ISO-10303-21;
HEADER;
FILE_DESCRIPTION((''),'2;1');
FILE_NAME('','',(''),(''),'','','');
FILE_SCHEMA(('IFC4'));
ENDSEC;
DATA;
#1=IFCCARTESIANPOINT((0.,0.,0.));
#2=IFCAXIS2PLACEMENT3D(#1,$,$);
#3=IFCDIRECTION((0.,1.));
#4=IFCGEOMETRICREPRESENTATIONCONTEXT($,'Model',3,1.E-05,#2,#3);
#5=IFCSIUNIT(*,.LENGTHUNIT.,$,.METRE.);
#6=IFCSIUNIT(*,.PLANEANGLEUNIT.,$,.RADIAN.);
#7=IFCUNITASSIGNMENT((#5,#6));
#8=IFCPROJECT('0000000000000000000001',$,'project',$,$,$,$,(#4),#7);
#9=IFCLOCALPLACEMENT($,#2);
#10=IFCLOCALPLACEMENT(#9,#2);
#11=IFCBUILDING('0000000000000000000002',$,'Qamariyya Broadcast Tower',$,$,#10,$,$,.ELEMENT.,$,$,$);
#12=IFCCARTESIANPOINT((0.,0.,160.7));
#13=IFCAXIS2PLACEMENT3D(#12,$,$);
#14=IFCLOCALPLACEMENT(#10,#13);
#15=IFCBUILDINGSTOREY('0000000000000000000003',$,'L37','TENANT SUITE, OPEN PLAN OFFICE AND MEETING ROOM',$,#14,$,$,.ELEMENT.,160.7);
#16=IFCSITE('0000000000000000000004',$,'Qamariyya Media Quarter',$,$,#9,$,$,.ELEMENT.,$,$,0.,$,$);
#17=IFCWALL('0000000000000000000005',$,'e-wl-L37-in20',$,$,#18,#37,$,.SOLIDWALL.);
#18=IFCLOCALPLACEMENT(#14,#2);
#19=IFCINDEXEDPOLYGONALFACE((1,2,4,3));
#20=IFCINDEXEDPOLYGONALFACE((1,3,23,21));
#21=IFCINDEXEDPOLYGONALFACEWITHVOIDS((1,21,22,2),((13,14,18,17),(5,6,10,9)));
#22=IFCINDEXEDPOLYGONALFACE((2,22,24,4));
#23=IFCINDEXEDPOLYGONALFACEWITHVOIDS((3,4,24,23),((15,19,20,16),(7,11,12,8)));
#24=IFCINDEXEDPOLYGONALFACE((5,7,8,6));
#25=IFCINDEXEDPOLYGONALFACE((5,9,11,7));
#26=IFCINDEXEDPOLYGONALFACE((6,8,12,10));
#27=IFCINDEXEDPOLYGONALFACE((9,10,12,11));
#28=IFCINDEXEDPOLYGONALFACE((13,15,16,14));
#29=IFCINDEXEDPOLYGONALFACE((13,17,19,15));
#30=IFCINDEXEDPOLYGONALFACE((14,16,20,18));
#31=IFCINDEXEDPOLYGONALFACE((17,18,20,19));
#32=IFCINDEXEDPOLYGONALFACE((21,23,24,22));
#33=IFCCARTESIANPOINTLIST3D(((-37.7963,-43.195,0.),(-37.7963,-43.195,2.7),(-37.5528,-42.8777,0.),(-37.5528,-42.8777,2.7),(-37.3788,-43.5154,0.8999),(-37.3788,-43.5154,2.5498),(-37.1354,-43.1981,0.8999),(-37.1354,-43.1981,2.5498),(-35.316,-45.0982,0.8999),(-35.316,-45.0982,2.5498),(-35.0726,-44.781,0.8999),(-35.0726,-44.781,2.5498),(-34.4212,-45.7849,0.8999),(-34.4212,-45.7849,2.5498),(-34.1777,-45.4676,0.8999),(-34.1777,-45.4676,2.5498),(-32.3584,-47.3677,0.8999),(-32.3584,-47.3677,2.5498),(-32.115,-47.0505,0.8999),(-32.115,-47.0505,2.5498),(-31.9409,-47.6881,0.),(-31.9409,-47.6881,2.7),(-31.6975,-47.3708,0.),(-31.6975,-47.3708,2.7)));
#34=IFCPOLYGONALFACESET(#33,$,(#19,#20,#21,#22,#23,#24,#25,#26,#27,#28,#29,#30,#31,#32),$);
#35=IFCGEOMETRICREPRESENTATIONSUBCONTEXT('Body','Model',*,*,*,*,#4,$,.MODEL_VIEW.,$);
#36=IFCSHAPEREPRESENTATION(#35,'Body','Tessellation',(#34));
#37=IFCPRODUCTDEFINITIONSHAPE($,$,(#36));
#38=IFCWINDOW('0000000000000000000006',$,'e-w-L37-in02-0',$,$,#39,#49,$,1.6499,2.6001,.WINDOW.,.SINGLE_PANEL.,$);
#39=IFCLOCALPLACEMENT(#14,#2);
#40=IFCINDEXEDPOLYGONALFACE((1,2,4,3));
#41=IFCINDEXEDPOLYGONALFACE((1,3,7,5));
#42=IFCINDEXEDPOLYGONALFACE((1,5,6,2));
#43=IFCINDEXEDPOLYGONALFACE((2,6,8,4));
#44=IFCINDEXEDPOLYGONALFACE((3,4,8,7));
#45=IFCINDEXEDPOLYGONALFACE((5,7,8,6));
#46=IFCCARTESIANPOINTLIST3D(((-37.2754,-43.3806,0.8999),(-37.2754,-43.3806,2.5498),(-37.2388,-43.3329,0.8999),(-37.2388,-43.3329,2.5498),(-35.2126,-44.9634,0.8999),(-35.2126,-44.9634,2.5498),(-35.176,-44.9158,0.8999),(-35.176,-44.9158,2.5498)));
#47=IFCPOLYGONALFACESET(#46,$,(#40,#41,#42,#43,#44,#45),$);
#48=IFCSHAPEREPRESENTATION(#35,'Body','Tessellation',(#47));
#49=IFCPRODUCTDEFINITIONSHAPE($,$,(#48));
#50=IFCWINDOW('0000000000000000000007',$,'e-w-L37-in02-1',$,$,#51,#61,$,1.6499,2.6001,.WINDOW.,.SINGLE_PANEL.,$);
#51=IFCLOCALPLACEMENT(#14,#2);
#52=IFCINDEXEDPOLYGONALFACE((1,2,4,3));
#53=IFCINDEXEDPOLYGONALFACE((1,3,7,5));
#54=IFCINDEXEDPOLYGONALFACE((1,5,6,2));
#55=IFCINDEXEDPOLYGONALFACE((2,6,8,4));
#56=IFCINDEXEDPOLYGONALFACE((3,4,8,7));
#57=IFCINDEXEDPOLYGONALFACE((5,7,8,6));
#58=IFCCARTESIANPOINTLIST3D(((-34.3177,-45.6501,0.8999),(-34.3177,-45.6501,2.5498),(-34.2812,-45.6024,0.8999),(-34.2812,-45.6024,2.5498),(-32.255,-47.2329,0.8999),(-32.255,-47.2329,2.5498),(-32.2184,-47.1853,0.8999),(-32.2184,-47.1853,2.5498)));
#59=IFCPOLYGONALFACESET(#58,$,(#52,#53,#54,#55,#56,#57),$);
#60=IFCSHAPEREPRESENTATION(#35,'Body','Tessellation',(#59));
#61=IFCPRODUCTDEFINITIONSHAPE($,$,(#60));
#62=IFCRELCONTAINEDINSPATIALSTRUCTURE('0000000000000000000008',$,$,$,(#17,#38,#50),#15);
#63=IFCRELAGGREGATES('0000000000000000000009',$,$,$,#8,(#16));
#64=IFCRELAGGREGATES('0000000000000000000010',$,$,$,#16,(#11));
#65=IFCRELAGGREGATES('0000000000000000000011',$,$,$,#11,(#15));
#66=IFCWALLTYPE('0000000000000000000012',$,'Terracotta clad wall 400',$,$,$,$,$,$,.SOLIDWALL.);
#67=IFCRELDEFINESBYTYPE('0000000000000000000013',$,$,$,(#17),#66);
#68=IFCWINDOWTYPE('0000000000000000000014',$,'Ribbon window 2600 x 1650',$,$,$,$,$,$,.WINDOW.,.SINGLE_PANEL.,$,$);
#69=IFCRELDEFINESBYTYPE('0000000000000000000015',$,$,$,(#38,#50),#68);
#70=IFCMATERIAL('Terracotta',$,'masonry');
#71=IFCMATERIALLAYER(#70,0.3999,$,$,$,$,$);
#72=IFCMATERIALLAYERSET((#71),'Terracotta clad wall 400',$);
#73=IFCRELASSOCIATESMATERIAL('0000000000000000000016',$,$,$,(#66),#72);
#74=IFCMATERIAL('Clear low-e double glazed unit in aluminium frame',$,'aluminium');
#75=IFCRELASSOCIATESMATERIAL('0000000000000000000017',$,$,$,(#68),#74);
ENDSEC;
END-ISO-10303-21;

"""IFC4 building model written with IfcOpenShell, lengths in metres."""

from ifc_helpers import new_model, si_unit, direction, frame, frame_2d, origin, place, context, subcontext, project, spatial, rectangle, extrude, material, layer, layer_set, type_object, element, fill, save


model = new_model("IFC4")

# Units and contexts
model_context = context("Model", 3, precision=1e-05, world=origin(), true_north=direction((0.0, 1.0)))
body_context = subcontext(model_context, "Body", "Model", "MODEL_VIEW")
ifc_project = project(units=[si_unit("LENGTHUNIT", "METRE"), si_unit("PLANEANGLEUNIT", "RADIAN")], contexts=[model_context])

# Site, building, storey
site_placement = place(None, origin())
site = spatial("IfcSite", under=ifc_project, at=site_placement, Name="Qamariyya Media Quarter", CompositionType="ELEMENT", RefElevation=0.0)
building_placement = place(site_placement, origin())
building = spatial("IfcBuilding", under=site, at=building_placement, Name="Qamariyya Broadcast Tower", CompositionType="ELEMENT")
storey_placement = place(building_placement, frame((0.0, 0.0, 160.7)))
storey = spatial("IfcBuildingStorey", under=building, at=storey_placement, Name="L37", Description="TENANT SUITE, OPEN PLAN OFFICE AND MEETING ROOM", CompositionType="ELEMENT", Elevation=160.7)

# Wall, openings, windows
ifc_material_1 = material(Name="Terracotta", Category="masonry")
ifc_layer_1 = layer(ifc_material_1, 0.3999)
ifc_layer_set_1 = layer_set([ifc_layer_1], Name="Terracotta clad wall 400")
wall_type = type_object("IfcWallType", Name="Terracotta clad wall 400", PredefinedType="SOLIDWALL", material=ifc_layer_set_1)
ifc_material_2 = material(Name="Clear low-e double glazed unit in aluminium frame", Category="aluminium")
window_type = type_object("IfcWindowType", Name="Ribbon window 2600 x 1650", PartitioningType="SINGLE_PANEL", PredefinedType="WINDOW", material=ifc_material_2)
wall_1_placement = place(storey_placement, frame((-31.8191, -47.5295, 0.0), z_axis=(0.0, 0.0, 1.0), x_axis=(-0.793346, 0.60877, 0.0)))
wall_1 = element("IfcWall", 1, at=wall_1_placement, inside=storey, type_object=wall_type, Name="e-wl-L37-in20", PredefinedType="SOLIDWALL", context=body_context, shape_type="SweptSolid", body=[
    extrude(rectangle(XDim=7.3806, YDim=0.3999, at=frame_2d((3.6904, 0.0))), origin(), (0.0, 0.0, 1.0), 2.7),
])
opening_1_placement = place(wall_1_placement, frame((4.2544, 0.0, 0.8999)))
opening_1 = element("IfcOpeningElement", 2, at=opening_1_placement, cuts=wall_1, PredefinedType="OPENING", context=body_context, shape_type="SweptSolid", body=[
    extrude(rectangle(XDim=2.6001, YDim=1.6499, at=frame_2d((1.3, 0.825))), frame((0.0, 0.21, 0.0), z_axis=(0.0, -1.0, 0.0), x_axis=(1.0, 0.0, 0.0)), (0.0, 0.0, 1.0), 0.4199),
])
opening_2_placement = place(wall_1_placement, frame((0.5264, 0.0, 0.8999)))
opening_2 = element("IfcOpeningElement", 3, at=opening_2_placement, cuts=wall_1, PredefinedType="OPENING", context=body_context, shape_type="SweptSolid", body=[
    extrude(rectangle(XDim=2.6001, YDim=1.6499, at=frame_2d((1.3, 0.825))), frame((0.0, 0.21, 0.0), z_axis=(0.0, -1.0, 0.0), x_axis=(1.0, 0.0, 0.0)), (0.0, 0.0, 1.0), 0.4199),
])
window_1_placement = place(opening_1_placement, origin())
window_1 = element("IfcWindow", 4, at=window_1_placement, inside=storey, type_object=window_type, Name="e-w-L37-in02-0", OverallHeight=1.6499, OverallWidth=2.6001, PartitioningType="SINGLE_PANEL", PredefinedType="WINDOW", context=body_context, shape_type="SweptSolid", body=[
    extrude(rectangle(XDim=2.6001, YDim=1.6499, at=frame_2d((1.3, 0.825))), frame((0.0, 0.03, 0.0), z_axis=(0.0, -1.0, 0.0), x_axis=(1.0, 0.0, 0.0)), (0.0, 0.0, 1.0), 0.0601),
])
fill(opening_1, window_1)
window_2_placement = place(opening_2_placement, origin())
window_2 = element("IfcWindow", 5, at=window_2_placement, inside=storey, type_object=window_type, Name="e-w-L37-in02-1", OverallHeight=1.6499, OverallWidth=2.6001, PartitioningType="SINGLE_PANEL", PredefinedType="WINDOW", context=body_context, shape_type="SweptSolid", body=[
    extrude(rectangle(XDim=2.6001, YDim=1.6499, at=frame_2d((1.3, 0.825))), frame((0.0, 0.03, 0.0), z_axis=(0.0, -1.0, 0.0), x_axis=(1.0, 0.0, 0.0)), (0.0, 0.0, 1.0), 0.0601),
])
fill(opening_2, window_2)

save(model, "model.ifc")
